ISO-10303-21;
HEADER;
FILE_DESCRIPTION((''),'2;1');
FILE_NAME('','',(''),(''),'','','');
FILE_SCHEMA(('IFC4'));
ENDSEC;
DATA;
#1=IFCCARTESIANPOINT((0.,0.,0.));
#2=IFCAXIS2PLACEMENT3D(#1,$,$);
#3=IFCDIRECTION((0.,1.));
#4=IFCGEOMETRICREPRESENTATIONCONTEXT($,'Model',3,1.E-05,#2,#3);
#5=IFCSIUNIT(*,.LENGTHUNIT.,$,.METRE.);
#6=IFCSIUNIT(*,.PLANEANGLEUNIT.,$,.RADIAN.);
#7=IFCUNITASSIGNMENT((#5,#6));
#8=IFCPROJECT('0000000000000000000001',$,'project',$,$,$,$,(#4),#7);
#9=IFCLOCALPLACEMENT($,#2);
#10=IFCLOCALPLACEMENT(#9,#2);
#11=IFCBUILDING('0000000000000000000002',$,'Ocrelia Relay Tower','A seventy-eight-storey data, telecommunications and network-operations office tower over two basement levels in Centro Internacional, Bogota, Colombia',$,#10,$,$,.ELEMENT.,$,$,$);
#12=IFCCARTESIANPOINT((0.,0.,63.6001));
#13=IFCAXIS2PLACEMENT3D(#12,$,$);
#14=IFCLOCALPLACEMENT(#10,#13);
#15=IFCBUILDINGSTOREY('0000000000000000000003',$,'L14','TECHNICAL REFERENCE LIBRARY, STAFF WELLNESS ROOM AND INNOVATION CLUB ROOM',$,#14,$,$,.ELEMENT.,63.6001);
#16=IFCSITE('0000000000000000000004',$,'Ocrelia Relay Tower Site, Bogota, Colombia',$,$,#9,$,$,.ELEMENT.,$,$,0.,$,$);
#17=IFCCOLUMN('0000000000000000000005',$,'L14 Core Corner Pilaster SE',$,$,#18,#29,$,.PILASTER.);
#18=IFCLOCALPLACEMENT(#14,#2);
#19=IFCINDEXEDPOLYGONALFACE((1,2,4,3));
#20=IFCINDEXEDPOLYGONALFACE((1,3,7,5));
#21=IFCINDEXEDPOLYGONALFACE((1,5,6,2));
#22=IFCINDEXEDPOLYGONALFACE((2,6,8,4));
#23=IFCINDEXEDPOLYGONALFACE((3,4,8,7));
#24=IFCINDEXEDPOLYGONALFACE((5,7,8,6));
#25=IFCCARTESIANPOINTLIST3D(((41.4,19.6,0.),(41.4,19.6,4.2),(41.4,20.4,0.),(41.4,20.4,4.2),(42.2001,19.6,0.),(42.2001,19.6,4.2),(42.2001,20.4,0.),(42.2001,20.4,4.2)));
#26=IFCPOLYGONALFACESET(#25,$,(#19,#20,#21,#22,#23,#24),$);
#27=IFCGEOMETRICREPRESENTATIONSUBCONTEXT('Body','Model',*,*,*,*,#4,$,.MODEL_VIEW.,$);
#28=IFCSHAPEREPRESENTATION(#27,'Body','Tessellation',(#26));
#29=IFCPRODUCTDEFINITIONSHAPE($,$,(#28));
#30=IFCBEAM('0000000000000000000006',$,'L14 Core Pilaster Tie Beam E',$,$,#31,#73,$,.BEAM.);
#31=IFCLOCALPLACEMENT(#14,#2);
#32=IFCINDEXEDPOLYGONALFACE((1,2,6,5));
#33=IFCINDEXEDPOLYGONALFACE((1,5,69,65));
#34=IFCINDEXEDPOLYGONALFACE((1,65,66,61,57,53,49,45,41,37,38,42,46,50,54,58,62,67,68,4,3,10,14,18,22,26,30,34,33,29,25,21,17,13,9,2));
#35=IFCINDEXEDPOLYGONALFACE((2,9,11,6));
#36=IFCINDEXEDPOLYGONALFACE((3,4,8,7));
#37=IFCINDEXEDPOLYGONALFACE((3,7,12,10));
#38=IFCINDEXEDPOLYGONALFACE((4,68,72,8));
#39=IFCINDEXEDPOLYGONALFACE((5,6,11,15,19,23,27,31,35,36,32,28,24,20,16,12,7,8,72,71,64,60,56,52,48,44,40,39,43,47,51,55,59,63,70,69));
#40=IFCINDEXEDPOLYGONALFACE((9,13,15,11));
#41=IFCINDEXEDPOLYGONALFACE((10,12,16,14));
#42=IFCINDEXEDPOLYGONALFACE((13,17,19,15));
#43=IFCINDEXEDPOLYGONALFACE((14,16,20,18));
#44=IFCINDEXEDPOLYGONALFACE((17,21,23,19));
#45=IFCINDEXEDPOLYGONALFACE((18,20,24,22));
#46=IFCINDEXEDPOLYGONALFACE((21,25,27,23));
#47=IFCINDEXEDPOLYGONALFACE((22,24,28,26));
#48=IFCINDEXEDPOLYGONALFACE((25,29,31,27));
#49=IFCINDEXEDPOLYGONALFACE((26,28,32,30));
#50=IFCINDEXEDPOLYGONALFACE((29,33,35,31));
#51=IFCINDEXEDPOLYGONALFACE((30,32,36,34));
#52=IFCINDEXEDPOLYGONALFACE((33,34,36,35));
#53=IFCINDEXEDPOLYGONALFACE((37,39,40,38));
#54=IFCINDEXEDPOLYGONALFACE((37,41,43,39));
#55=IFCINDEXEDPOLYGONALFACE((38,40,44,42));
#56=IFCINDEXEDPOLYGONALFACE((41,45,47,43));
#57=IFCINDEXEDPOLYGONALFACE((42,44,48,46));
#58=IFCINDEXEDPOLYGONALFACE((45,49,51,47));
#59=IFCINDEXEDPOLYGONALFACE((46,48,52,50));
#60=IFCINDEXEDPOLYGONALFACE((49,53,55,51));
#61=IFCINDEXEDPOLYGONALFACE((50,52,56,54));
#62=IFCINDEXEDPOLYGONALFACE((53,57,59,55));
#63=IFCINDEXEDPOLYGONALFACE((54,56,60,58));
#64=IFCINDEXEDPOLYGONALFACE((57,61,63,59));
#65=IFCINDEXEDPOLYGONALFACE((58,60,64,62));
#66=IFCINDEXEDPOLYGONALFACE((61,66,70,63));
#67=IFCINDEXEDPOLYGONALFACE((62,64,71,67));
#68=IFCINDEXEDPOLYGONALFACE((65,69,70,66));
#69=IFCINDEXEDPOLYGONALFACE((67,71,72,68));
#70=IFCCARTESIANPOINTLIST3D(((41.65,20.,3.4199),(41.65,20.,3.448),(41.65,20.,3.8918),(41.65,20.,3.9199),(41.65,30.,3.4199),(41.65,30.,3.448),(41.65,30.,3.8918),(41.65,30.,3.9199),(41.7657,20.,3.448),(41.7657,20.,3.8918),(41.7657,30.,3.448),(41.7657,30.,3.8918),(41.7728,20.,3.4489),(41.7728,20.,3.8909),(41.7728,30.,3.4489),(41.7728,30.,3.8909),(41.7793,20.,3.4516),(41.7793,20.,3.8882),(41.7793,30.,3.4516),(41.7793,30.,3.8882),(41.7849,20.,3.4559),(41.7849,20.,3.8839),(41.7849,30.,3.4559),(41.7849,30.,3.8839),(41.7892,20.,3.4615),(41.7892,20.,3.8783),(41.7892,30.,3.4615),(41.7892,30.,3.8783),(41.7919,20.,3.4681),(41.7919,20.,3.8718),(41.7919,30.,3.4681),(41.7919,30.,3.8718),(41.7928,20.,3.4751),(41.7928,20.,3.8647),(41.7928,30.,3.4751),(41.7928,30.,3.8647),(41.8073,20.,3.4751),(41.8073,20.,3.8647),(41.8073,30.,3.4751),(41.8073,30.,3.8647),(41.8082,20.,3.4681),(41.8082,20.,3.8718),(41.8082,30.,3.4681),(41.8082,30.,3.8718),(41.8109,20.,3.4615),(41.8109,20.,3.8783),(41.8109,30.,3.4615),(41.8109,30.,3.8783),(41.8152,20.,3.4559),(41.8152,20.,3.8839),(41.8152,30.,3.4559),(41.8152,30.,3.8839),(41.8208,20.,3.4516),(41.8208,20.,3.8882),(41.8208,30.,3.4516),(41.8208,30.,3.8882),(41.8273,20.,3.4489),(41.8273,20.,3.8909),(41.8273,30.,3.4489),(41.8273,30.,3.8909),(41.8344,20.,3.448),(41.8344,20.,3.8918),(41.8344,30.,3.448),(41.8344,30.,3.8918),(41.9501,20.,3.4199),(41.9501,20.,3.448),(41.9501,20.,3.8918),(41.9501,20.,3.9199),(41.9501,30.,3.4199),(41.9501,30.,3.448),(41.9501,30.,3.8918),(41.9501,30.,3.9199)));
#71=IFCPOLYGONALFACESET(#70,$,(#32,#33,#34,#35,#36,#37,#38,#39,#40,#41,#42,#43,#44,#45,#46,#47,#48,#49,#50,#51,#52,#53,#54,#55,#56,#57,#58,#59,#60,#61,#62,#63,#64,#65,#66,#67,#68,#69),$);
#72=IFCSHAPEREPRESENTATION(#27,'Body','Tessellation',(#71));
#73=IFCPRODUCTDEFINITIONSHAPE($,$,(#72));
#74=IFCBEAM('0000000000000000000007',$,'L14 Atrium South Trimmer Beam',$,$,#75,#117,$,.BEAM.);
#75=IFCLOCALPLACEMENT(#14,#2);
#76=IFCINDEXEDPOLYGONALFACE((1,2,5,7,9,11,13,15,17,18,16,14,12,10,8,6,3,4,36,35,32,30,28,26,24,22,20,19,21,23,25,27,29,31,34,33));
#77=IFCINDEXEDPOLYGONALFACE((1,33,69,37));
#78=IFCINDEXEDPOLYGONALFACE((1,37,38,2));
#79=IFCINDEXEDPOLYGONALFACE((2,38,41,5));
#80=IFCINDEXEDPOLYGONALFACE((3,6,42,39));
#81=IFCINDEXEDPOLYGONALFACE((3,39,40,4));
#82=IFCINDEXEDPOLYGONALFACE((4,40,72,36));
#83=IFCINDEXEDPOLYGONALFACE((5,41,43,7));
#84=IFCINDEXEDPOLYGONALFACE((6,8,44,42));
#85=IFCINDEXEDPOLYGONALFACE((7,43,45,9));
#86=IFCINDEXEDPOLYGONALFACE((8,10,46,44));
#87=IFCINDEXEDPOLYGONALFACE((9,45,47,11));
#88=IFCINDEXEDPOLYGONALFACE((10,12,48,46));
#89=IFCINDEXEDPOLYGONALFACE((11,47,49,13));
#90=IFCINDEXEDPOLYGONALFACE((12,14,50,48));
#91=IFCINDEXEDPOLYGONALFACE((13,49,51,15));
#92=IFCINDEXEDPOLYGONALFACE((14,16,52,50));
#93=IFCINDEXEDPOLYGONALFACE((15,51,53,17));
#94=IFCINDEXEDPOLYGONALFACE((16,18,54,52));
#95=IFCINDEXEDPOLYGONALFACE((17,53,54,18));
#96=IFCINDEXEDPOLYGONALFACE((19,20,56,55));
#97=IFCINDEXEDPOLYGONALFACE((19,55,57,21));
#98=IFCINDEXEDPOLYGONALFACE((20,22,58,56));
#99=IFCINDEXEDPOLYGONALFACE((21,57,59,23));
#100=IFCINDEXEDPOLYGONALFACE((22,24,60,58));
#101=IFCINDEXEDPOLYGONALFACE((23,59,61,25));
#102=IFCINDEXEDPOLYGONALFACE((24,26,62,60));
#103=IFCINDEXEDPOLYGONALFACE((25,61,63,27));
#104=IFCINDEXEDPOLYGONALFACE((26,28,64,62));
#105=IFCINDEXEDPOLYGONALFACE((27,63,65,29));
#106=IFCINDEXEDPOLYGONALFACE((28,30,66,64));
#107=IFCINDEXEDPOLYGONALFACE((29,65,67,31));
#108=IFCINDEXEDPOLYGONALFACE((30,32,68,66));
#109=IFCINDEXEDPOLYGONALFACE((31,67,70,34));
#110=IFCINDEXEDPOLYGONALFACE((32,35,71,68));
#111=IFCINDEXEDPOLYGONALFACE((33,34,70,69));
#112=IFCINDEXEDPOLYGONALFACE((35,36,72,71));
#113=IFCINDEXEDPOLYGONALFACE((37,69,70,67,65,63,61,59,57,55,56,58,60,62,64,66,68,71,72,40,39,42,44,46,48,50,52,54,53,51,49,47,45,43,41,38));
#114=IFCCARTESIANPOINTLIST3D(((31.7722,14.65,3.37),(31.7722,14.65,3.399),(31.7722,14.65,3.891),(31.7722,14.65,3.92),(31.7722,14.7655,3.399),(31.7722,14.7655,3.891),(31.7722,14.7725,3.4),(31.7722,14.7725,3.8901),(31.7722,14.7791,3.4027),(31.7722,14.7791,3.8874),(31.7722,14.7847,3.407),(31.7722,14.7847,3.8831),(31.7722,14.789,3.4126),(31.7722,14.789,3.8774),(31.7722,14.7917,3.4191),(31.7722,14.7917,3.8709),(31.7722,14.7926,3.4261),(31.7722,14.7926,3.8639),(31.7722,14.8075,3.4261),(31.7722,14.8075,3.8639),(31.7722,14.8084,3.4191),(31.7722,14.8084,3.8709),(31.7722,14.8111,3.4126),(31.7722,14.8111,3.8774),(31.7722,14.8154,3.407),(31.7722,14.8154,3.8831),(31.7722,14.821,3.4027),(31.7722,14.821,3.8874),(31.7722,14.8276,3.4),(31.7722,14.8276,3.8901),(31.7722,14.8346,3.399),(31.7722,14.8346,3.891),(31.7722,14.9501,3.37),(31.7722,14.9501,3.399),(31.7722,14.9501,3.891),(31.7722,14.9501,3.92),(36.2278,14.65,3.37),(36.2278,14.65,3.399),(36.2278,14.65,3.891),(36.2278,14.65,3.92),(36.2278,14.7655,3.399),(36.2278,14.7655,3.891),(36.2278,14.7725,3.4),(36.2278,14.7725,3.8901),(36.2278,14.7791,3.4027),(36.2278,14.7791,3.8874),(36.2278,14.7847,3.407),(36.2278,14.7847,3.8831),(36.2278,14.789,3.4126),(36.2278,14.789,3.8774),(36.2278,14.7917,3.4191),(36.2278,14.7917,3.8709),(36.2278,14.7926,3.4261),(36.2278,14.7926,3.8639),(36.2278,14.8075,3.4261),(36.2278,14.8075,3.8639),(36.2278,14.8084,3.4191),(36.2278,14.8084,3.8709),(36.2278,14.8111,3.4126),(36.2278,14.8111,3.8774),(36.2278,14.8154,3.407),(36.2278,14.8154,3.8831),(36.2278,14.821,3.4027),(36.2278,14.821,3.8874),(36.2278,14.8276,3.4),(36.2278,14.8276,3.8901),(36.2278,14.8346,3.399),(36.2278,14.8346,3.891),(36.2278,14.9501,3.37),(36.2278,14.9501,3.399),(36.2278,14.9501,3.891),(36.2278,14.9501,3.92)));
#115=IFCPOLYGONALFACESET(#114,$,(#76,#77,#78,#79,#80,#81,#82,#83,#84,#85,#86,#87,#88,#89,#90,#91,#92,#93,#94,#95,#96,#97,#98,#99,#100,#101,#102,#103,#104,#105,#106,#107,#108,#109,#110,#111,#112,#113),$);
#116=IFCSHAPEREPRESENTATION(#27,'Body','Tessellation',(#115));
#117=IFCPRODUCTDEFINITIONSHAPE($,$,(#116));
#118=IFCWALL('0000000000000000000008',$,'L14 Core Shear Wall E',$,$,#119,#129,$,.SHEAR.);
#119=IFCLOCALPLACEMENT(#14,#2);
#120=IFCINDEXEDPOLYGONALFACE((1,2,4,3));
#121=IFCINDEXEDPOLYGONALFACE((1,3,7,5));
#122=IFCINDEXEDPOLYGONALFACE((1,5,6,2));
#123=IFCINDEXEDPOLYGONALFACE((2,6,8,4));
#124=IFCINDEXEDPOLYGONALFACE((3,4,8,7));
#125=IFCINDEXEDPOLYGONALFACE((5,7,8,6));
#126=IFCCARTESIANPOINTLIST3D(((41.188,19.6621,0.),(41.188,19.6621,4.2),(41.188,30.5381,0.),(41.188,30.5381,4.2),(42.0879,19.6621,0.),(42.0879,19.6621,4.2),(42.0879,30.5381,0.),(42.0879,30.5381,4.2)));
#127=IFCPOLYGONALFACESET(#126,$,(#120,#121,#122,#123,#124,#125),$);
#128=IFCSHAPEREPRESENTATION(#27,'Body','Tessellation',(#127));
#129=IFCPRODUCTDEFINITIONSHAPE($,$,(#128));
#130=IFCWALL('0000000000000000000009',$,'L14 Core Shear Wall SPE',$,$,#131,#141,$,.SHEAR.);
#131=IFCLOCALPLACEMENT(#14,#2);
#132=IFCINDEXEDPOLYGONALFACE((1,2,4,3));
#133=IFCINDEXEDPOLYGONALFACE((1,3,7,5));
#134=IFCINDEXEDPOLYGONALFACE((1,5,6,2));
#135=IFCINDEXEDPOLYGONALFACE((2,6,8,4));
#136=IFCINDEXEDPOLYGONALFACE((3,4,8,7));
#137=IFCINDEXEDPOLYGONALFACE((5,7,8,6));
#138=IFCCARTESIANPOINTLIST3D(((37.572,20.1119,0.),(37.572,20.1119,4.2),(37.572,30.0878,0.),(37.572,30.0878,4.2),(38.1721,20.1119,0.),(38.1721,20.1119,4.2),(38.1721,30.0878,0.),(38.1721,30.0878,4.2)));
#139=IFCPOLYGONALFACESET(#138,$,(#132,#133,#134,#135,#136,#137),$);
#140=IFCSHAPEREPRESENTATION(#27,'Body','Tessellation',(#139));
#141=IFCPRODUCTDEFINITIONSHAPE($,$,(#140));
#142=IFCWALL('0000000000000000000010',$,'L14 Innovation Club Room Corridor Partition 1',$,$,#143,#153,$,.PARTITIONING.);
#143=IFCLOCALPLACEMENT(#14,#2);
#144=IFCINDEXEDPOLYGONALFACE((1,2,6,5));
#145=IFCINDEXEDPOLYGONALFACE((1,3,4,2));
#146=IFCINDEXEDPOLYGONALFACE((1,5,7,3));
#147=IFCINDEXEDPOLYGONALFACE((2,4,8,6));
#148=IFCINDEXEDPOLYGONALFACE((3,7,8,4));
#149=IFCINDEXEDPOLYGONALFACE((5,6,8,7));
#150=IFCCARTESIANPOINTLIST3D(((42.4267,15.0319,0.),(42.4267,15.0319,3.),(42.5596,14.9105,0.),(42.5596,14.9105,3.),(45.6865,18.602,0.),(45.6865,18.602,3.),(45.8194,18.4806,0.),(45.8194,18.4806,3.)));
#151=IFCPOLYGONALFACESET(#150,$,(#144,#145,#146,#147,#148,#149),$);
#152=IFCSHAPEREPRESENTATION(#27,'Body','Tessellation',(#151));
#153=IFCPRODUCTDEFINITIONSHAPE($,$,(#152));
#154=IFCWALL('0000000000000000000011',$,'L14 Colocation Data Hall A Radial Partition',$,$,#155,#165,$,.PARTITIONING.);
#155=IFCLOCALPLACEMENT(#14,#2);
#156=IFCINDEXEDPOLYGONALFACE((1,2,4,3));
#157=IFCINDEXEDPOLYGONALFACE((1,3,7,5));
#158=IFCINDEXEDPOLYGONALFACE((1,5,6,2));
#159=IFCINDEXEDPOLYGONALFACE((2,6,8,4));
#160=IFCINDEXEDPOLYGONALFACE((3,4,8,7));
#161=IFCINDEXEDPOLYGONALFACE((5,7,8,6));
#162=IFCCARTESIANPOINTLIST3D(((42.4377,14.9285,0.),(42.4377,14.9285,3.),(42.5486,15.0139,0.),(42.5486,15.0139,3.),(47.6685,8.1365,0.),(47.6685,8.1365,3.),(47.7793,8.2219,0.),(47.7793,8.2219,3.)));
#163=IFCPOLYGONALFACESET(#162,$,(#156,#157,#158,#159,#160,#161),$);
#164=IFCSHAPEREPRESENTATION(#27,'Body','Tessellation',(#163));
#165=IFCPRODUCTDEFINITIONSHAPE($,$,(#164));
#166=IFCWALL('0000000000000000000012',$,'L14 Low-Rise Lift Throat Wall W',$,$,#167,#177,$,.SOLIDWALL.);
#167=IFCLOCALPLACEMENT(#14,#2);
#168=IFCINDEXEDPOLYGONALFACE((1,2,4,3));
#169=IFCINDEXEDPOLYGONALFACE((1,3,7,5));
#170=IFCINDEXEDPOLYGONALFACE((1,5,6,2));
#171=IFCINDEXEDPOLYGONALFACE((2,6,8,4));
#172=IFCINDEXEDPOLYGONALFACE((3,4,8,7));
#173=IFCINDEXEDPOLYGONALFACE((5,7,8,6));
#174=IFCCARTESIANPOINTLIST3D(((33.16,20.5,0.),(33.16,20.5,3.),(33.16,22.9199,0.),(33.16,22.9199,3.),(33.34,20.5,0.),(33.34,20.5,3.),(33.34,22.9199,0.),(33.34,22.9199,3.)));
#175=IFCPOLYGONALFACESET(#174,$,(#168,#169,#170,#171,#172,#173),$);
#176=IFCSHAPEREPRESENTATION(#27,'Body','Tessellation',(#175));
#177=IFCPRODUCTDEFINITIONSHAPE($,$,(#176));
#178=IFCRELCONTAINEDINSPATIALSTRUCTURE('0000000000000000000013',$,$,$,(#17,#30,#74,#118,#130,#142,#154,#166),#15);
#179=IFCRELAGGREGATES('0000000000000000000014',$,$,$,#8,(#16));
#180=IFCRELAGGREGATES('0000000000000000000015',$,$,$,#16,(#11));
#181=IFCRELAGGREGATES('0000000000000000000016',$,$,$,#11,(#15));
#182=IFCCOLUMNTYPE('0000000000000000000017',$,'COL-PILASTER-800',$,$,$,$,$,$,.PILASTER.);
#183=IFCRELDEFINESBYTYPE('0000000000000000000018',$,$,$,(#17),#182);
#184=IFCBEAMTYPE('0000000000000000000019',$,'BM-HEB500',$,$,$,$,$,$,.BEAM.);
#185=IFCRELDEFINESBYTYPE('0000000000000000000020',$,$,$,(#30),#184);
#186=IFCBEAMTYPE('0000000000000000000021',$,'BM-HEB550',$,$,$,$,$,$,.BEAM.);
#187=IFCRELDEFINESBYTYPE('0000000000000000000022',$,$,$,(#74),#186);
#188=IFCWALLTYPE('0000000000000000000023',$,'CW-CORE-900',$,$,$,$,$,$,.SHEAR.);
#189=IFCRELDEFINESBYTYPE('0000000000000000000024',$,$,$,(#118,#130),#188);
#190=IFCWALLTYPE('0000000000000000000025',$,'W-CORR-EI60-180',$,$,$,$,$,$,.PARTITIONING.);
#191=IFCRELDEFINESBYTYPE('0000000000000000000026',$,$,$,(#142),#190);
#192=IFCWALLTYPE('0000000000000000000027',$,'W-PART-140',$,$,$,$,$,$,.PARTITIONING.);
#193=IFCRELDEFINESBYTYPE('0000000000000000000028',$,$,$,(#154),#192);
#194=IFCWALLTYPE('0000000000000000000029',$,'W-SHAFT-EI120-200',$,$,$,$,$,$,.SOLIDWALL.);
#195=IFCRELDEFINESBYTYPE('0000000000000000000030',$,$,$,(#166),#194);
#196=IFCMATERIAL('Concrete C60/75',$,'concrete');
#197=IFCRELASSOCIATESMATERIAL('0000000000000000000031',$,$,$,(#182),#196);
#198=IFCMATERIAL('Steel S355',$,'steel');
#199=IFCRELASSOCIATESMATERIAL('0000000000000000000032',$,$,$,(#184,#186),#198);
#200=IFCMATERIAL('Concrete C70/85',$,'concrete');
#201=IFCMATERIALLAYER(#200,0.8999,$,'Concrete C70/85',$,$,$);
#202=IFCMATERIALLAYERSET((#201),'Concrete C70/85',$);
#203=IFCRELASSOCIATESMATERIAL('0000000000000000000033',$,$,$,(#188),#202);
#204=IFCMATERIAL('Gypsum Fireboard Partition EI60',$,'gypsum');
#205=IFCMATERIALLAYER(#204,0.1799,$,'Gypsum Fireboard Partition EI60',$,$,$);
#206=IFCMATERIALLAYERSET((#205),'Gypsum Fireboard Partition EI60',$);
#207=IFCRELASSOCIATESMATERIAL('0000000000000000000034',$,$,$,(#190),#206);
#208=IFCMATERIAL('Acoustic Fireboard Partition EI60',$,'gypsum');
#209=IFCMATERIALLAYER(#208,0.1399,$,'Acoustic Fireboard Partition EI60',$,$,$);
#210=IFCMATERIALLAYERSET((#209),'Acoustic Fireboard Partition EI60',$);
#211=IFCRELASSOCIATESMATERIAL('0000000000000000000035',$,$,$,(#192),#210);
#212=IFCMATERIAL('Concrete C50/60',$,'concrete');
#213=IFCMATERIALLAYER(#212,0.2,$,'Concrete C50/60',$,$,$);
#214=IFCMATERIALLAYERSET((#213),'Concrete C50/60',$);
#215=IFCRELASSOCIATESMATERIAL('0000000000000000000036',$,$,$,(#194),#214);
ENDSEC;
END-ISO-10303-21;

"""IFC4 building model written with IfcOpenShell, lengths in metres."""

from ifc_helpers import new_model, si_unit, direction, frame, frame_2d, origin, origin_2d, place, context, subcontext, project, spatial, rectangle, i_section, extrude, material, layer, layer_set, material_profile, profile_set, type_object, element, save


model = new_model("IFC4")

# Units and contexts
model_context = context("Model", 3, precision=1e-05, world=origin(), true_north=direction((0.0, 1.0)))
body_context = subcontext(model_context, "Body", "Model", "MODEL_VIEW")
ifc_project = project(units=[si_unit("LENGTHUNIT", "METRE"), si_unit("PLANEANGLEUNIT", "RADIAN")], contexts=[model_context])

# Site, building, storey
site_placement = place(None, origin())
site = spatial("IfcSite", under=ifc_project, at=site_placement, Name="Ocrelia Relay Tower Site, Bogota, Colombia", CompositionType="ELEMENT", RefElevation=0.0)
building_placement = place(site_placement, origin())
building = spatial("IfcBuilding", under=site, at=building_placement, Name="Ocrelia Relay Tower", Description="A seventy-eight-storey data, telecommunications and network-operations office tower over two basement levels in Centro Internacional, Bogota, Colombia", CompositionType="ELEMENT")
storey_placement = place(building_placement, frame((0.0, 0.0, 63.6001)))
storey = spatial("IfcBuildingStorey", under=building, at=storey_placement, Name="L14", Description="TECHNICAL REFERENCE LIBRARY, STAFF WELLNESS ROOM AND INNOVATION CLUB ROOM", CompositionType="ELEMENT", Elevation=63.6001)

# Column
ifc_material_1 = material(Name="Concrete C60/75", Category="concrete")
ifc_material_profile_1 = material_profile(ifc_material_1, rectangle(XDim=0.8, YDim=0.8, at=origin_2d()), Name="RC-COL-800x800")
ifc_profile_set_1 = profile_set([ifc_material_profile_1], Name="Concrete C60/75")
column_type = type_object("IfcColumnType", Name="COL-PILASTER-800", PredefinedType="PILASTER", material=ifc_profile_set_1)
column_placement = place(storey_placement, frame((41.8, 20.0, 0.0), z_axis=(0.0, 0.0, 1.0), x_axis=(1.0, 0.0, 0.0)))
element("IfcColumn", 1, at=column_placement, inside=storey, type_object=column_type, Name="L14 Core Corner Pilaster SE", PredefinedType="PILASTER", context=body_context, shape_type="SweptSolid", body=[
    extrude(rectangle(XDim=0.8, YDim=0.8, at=origin_2d()), origin(), (0.0, 0.0, 1.0), 4.2),
])

# Beams
ifc_material_2 = material(Name="Steel S355", Category="steel")
ifc_material_profile_2 = material_profile(ifc_material_2, i_section(OverallWidth=0.3, OverallDepth=0.5, WebThickness=0.0144, FlangeThickness=0.0281, FilletRadius=0.0271, at=origin_2d()), Name="HEB 500")
ifc_profile_set_2 = profile_set([ifc_material_profile_2], Name="Steel S355")
beam_type_1 = type_object("IfcBeamType", Name="BM-HEB500", PredefinedType="BEAM", material=ifc_profile_set_2)
beam_1_placement = place(storey_placement, frame((41.8, 20.0, 3.6699), z_axis=(0.0, 1.0, 0.0), x_axis=(-1.0, 0.0, 0.0)))
element("IfcBeam", 2, at=beam_1_placement, inside=storey, type_object=beam_type_1, Name="L14 Core Pilaster Tie Beam E", PredefinedType="BEAM", context=body_context, shape_type="SweptSolid", body=[
    extrude(i_section(OverallWidth=0.3, OverallDepth=0.5, WebThickness=0.0144, FlangeThickness=0.0281, FilletRadius=0.0271, at=origin_2d()), origin(), (0.0, 0.0, 1.0), 10.0),
])
ifc_material_profile_3 = material_profile(ifc_material_2, i_section(OverallWidth=0.3, OverallDepth=0.55, WebThickness=0.0149, FlangeThickness=0.0291, FilletRadius=0.0271, at=origin_2d()), Name="HEB 550")
ifc_profile_set_3 = profile_set([ifc_material_profile_3], Name="Steel S355")
beam_type_2 = type_object("IfcBeamType", Name="BM-HEB550", PredefinedType="BEAM", material=ifc_profile_set_3)
beam_2_placement = place(storey_placement, frame((31.7722, 14.8, 3.645), z_axis=(1.0, 0.0, 0.0), x_axis=(0.0, 1.0, 0.0)))
element("IfcBeam", 3, at=beam_2_placement, inside=storey, type_object=beam_type_2, Name="L14 Atrium South Trimmer Beam", PredefinedType="BEAM", context=body_context, shape_type="SweptSolid", body=[
    extrude(i_section(OverallWidth=0.3, OverallDepth=0.55, WebThickness=0.0149, FlangeThickness=0.0291, FilletRadius=0.0271, at=origin_2d()), origin(), (0.0, 0.0, 1.0), 4.4556),
])

# Walls
ifc_material_3 = material(Name="Concrete C70/85", Category="concrete")
ifc_layer_1 = layer(ifc_material_3, 0.8999, Name="Concrete C70/85")
ifc_layer_set_1 = layer_set([ifc_layer_1], Name="Concrete C70/85")
wall_type_1 = type_object("IfcWallType", Name="CW-CORE-900", PredefinedType="SHEAR", material=ifc_layer_set_1)
wall_1_placement = place(storey_placement, frame((41.6379, 19.6621, 0.0), z_axis=(0.0, 0.0, 1.0), x_axis=(0.0, 1.0, 0.0)))
element("IfcWall", 4, at=wall_1_placement, inside=storey, type_object=wall_type_1, Name="L14 Core Shear Wall E", PredefinedType="SHEAR", context=body_context, shape_type="SweptSolid", body=[
    extrude(rectangle(XDim=10.876, YDim=0.8999, at=frame_2d((5.438, 0.0))), origin(), (0.0, 0.0, 1.0), 4.2),
])
wall_2_placement = place(storey_placement, frame((37.8721, 20.1121, 0.0), z_axis=(0.0, 0.0, 1.0), x_axis=(0.0, 1.0, 0.0)))
element("IfcWall", 5, at=wall_2_placement, inside=storey, type_object=wall_type_1, Name="L14 Core Shear Wall SPE", PredefinedType="SHEAR", context=body_context, shape_type="SweptSolid", body=[
    extrude(rectangle(XDim=9.9758, YDim=0.6001, at=frame_2d((4.9878, 0.0))), origin(), (0.0, 0.0, 1.0), 4.2),
])
ifc_material_4 = material(Name="Gypsum Fireboard Partition EI60", Category="gypsum")
ifc_layer_2 = layer(ifc_material_4, 0.1799, Name="Gypsum Fireboard Partition EI60")
ifc_layer_set_2 = layer_set([ifc_layer_2], Name="Gypsum Fireboard Partition EI60")
wall_type_2 = type_object("IfcWallType", Name="W-CORR-EI60-180", PredefinedType="PARTITIONING", material=ifc_layer_set_2)
wall_3_placement = place(storey_placement, frame((42.4932, 14.9712, 0.0), z_axis=(0.0, 0.0, 1.0), x_axis=(0.674285, 0.738471, 0.0)))
element("IfcWall", 6, at=wall_3_placement, inside=storey, type_object=wall_type_2, Name="L14 Innovation Club Room Corridor Partition 1", PredefinedType="PARTITIONING", context=body_context, shape_type="SweptSolid", body=[
    extrude(rectangle(XDim=4.8345, YDim=0.1799, at=frame_2d((2.4172, 0.0))), origin(), (0.0, 0.0, 1.0), 3.0),
])
ifc_material_5 = material(Name="Acoustic Fireboard Partition EI60", Category="gypsum")
ifc_layer_3 = layer(ifc_material_5, 0.1399, Name="Acoustic Fireboard Partition EI60")
ifc_layer_set_3 = layer_set([ifc_layer_3], Name="Acoustic Fireboard Partition EI60")
wall_type_3 = type_object("IfcWallType", Name="W-PART-140", PredefinedType="PARTITIONING", material=ifc_layer_set_3)
wall_4_placement = place(storey_placement, frame((42.4932, 14.9712, 0.0), z_axis=(0.0, 0.0, 1.0), x_axis=(0.610158, -0.79228, 0.0)))
element("IfcWall", 7, at=wall_4_placement, inside=storey, type_object=wall_type_3, Name="L14 Colocation Data Hall A Radial Partition", PredefinedType="PARTITIONING", context=body_context, shape_type="SweptSolid", body=[
    extrude(rectangle(XDim=8.5728, YDim=0.1399, at=frame_2d((4.2864, 0.0))), origin(), (0.0, 0.0, 1.0), 3.0),
])
ifc_material_6 = material(Name="Concrete C50/60", Category="concrete")
ifc_layer_4 = layer(ifc_material_6, 0.2, Name="Concrete C50/60")
ifc_layer_set_4 = layer_set([ifc_layer_4], Name="Concrete C50/60")
wall_type_4 = type_object("IfcWallType", Name="W-SHAFT-EI120-200", PredefinedType="SOLIDWALL", material=ifc_layer_set_4)
wall_5_placement = place(storey_placement, frame((33.25, 20.5, 0.0), z_axis=(0.0, 0.0, 1.0), x_axis=(0.0, 1.0, 0.0)))
element("IfcWall", 8, at=wall_5_placement, inside=storey, type_object=wall_type_4, Name="L14 Low-Rise Lift Throat Wall W", PredefinedType="SOLIDWALL", context=body_context, shape_type="SweptSolid", body=[
    extrude(rectangle(XDim=2.4199, YDim=0.1799, at=frame_2d((1.21, 0.0))), origin(), (0.0, 0.0, 1.0), 3.0),
])

save(model, "model.ifc")
